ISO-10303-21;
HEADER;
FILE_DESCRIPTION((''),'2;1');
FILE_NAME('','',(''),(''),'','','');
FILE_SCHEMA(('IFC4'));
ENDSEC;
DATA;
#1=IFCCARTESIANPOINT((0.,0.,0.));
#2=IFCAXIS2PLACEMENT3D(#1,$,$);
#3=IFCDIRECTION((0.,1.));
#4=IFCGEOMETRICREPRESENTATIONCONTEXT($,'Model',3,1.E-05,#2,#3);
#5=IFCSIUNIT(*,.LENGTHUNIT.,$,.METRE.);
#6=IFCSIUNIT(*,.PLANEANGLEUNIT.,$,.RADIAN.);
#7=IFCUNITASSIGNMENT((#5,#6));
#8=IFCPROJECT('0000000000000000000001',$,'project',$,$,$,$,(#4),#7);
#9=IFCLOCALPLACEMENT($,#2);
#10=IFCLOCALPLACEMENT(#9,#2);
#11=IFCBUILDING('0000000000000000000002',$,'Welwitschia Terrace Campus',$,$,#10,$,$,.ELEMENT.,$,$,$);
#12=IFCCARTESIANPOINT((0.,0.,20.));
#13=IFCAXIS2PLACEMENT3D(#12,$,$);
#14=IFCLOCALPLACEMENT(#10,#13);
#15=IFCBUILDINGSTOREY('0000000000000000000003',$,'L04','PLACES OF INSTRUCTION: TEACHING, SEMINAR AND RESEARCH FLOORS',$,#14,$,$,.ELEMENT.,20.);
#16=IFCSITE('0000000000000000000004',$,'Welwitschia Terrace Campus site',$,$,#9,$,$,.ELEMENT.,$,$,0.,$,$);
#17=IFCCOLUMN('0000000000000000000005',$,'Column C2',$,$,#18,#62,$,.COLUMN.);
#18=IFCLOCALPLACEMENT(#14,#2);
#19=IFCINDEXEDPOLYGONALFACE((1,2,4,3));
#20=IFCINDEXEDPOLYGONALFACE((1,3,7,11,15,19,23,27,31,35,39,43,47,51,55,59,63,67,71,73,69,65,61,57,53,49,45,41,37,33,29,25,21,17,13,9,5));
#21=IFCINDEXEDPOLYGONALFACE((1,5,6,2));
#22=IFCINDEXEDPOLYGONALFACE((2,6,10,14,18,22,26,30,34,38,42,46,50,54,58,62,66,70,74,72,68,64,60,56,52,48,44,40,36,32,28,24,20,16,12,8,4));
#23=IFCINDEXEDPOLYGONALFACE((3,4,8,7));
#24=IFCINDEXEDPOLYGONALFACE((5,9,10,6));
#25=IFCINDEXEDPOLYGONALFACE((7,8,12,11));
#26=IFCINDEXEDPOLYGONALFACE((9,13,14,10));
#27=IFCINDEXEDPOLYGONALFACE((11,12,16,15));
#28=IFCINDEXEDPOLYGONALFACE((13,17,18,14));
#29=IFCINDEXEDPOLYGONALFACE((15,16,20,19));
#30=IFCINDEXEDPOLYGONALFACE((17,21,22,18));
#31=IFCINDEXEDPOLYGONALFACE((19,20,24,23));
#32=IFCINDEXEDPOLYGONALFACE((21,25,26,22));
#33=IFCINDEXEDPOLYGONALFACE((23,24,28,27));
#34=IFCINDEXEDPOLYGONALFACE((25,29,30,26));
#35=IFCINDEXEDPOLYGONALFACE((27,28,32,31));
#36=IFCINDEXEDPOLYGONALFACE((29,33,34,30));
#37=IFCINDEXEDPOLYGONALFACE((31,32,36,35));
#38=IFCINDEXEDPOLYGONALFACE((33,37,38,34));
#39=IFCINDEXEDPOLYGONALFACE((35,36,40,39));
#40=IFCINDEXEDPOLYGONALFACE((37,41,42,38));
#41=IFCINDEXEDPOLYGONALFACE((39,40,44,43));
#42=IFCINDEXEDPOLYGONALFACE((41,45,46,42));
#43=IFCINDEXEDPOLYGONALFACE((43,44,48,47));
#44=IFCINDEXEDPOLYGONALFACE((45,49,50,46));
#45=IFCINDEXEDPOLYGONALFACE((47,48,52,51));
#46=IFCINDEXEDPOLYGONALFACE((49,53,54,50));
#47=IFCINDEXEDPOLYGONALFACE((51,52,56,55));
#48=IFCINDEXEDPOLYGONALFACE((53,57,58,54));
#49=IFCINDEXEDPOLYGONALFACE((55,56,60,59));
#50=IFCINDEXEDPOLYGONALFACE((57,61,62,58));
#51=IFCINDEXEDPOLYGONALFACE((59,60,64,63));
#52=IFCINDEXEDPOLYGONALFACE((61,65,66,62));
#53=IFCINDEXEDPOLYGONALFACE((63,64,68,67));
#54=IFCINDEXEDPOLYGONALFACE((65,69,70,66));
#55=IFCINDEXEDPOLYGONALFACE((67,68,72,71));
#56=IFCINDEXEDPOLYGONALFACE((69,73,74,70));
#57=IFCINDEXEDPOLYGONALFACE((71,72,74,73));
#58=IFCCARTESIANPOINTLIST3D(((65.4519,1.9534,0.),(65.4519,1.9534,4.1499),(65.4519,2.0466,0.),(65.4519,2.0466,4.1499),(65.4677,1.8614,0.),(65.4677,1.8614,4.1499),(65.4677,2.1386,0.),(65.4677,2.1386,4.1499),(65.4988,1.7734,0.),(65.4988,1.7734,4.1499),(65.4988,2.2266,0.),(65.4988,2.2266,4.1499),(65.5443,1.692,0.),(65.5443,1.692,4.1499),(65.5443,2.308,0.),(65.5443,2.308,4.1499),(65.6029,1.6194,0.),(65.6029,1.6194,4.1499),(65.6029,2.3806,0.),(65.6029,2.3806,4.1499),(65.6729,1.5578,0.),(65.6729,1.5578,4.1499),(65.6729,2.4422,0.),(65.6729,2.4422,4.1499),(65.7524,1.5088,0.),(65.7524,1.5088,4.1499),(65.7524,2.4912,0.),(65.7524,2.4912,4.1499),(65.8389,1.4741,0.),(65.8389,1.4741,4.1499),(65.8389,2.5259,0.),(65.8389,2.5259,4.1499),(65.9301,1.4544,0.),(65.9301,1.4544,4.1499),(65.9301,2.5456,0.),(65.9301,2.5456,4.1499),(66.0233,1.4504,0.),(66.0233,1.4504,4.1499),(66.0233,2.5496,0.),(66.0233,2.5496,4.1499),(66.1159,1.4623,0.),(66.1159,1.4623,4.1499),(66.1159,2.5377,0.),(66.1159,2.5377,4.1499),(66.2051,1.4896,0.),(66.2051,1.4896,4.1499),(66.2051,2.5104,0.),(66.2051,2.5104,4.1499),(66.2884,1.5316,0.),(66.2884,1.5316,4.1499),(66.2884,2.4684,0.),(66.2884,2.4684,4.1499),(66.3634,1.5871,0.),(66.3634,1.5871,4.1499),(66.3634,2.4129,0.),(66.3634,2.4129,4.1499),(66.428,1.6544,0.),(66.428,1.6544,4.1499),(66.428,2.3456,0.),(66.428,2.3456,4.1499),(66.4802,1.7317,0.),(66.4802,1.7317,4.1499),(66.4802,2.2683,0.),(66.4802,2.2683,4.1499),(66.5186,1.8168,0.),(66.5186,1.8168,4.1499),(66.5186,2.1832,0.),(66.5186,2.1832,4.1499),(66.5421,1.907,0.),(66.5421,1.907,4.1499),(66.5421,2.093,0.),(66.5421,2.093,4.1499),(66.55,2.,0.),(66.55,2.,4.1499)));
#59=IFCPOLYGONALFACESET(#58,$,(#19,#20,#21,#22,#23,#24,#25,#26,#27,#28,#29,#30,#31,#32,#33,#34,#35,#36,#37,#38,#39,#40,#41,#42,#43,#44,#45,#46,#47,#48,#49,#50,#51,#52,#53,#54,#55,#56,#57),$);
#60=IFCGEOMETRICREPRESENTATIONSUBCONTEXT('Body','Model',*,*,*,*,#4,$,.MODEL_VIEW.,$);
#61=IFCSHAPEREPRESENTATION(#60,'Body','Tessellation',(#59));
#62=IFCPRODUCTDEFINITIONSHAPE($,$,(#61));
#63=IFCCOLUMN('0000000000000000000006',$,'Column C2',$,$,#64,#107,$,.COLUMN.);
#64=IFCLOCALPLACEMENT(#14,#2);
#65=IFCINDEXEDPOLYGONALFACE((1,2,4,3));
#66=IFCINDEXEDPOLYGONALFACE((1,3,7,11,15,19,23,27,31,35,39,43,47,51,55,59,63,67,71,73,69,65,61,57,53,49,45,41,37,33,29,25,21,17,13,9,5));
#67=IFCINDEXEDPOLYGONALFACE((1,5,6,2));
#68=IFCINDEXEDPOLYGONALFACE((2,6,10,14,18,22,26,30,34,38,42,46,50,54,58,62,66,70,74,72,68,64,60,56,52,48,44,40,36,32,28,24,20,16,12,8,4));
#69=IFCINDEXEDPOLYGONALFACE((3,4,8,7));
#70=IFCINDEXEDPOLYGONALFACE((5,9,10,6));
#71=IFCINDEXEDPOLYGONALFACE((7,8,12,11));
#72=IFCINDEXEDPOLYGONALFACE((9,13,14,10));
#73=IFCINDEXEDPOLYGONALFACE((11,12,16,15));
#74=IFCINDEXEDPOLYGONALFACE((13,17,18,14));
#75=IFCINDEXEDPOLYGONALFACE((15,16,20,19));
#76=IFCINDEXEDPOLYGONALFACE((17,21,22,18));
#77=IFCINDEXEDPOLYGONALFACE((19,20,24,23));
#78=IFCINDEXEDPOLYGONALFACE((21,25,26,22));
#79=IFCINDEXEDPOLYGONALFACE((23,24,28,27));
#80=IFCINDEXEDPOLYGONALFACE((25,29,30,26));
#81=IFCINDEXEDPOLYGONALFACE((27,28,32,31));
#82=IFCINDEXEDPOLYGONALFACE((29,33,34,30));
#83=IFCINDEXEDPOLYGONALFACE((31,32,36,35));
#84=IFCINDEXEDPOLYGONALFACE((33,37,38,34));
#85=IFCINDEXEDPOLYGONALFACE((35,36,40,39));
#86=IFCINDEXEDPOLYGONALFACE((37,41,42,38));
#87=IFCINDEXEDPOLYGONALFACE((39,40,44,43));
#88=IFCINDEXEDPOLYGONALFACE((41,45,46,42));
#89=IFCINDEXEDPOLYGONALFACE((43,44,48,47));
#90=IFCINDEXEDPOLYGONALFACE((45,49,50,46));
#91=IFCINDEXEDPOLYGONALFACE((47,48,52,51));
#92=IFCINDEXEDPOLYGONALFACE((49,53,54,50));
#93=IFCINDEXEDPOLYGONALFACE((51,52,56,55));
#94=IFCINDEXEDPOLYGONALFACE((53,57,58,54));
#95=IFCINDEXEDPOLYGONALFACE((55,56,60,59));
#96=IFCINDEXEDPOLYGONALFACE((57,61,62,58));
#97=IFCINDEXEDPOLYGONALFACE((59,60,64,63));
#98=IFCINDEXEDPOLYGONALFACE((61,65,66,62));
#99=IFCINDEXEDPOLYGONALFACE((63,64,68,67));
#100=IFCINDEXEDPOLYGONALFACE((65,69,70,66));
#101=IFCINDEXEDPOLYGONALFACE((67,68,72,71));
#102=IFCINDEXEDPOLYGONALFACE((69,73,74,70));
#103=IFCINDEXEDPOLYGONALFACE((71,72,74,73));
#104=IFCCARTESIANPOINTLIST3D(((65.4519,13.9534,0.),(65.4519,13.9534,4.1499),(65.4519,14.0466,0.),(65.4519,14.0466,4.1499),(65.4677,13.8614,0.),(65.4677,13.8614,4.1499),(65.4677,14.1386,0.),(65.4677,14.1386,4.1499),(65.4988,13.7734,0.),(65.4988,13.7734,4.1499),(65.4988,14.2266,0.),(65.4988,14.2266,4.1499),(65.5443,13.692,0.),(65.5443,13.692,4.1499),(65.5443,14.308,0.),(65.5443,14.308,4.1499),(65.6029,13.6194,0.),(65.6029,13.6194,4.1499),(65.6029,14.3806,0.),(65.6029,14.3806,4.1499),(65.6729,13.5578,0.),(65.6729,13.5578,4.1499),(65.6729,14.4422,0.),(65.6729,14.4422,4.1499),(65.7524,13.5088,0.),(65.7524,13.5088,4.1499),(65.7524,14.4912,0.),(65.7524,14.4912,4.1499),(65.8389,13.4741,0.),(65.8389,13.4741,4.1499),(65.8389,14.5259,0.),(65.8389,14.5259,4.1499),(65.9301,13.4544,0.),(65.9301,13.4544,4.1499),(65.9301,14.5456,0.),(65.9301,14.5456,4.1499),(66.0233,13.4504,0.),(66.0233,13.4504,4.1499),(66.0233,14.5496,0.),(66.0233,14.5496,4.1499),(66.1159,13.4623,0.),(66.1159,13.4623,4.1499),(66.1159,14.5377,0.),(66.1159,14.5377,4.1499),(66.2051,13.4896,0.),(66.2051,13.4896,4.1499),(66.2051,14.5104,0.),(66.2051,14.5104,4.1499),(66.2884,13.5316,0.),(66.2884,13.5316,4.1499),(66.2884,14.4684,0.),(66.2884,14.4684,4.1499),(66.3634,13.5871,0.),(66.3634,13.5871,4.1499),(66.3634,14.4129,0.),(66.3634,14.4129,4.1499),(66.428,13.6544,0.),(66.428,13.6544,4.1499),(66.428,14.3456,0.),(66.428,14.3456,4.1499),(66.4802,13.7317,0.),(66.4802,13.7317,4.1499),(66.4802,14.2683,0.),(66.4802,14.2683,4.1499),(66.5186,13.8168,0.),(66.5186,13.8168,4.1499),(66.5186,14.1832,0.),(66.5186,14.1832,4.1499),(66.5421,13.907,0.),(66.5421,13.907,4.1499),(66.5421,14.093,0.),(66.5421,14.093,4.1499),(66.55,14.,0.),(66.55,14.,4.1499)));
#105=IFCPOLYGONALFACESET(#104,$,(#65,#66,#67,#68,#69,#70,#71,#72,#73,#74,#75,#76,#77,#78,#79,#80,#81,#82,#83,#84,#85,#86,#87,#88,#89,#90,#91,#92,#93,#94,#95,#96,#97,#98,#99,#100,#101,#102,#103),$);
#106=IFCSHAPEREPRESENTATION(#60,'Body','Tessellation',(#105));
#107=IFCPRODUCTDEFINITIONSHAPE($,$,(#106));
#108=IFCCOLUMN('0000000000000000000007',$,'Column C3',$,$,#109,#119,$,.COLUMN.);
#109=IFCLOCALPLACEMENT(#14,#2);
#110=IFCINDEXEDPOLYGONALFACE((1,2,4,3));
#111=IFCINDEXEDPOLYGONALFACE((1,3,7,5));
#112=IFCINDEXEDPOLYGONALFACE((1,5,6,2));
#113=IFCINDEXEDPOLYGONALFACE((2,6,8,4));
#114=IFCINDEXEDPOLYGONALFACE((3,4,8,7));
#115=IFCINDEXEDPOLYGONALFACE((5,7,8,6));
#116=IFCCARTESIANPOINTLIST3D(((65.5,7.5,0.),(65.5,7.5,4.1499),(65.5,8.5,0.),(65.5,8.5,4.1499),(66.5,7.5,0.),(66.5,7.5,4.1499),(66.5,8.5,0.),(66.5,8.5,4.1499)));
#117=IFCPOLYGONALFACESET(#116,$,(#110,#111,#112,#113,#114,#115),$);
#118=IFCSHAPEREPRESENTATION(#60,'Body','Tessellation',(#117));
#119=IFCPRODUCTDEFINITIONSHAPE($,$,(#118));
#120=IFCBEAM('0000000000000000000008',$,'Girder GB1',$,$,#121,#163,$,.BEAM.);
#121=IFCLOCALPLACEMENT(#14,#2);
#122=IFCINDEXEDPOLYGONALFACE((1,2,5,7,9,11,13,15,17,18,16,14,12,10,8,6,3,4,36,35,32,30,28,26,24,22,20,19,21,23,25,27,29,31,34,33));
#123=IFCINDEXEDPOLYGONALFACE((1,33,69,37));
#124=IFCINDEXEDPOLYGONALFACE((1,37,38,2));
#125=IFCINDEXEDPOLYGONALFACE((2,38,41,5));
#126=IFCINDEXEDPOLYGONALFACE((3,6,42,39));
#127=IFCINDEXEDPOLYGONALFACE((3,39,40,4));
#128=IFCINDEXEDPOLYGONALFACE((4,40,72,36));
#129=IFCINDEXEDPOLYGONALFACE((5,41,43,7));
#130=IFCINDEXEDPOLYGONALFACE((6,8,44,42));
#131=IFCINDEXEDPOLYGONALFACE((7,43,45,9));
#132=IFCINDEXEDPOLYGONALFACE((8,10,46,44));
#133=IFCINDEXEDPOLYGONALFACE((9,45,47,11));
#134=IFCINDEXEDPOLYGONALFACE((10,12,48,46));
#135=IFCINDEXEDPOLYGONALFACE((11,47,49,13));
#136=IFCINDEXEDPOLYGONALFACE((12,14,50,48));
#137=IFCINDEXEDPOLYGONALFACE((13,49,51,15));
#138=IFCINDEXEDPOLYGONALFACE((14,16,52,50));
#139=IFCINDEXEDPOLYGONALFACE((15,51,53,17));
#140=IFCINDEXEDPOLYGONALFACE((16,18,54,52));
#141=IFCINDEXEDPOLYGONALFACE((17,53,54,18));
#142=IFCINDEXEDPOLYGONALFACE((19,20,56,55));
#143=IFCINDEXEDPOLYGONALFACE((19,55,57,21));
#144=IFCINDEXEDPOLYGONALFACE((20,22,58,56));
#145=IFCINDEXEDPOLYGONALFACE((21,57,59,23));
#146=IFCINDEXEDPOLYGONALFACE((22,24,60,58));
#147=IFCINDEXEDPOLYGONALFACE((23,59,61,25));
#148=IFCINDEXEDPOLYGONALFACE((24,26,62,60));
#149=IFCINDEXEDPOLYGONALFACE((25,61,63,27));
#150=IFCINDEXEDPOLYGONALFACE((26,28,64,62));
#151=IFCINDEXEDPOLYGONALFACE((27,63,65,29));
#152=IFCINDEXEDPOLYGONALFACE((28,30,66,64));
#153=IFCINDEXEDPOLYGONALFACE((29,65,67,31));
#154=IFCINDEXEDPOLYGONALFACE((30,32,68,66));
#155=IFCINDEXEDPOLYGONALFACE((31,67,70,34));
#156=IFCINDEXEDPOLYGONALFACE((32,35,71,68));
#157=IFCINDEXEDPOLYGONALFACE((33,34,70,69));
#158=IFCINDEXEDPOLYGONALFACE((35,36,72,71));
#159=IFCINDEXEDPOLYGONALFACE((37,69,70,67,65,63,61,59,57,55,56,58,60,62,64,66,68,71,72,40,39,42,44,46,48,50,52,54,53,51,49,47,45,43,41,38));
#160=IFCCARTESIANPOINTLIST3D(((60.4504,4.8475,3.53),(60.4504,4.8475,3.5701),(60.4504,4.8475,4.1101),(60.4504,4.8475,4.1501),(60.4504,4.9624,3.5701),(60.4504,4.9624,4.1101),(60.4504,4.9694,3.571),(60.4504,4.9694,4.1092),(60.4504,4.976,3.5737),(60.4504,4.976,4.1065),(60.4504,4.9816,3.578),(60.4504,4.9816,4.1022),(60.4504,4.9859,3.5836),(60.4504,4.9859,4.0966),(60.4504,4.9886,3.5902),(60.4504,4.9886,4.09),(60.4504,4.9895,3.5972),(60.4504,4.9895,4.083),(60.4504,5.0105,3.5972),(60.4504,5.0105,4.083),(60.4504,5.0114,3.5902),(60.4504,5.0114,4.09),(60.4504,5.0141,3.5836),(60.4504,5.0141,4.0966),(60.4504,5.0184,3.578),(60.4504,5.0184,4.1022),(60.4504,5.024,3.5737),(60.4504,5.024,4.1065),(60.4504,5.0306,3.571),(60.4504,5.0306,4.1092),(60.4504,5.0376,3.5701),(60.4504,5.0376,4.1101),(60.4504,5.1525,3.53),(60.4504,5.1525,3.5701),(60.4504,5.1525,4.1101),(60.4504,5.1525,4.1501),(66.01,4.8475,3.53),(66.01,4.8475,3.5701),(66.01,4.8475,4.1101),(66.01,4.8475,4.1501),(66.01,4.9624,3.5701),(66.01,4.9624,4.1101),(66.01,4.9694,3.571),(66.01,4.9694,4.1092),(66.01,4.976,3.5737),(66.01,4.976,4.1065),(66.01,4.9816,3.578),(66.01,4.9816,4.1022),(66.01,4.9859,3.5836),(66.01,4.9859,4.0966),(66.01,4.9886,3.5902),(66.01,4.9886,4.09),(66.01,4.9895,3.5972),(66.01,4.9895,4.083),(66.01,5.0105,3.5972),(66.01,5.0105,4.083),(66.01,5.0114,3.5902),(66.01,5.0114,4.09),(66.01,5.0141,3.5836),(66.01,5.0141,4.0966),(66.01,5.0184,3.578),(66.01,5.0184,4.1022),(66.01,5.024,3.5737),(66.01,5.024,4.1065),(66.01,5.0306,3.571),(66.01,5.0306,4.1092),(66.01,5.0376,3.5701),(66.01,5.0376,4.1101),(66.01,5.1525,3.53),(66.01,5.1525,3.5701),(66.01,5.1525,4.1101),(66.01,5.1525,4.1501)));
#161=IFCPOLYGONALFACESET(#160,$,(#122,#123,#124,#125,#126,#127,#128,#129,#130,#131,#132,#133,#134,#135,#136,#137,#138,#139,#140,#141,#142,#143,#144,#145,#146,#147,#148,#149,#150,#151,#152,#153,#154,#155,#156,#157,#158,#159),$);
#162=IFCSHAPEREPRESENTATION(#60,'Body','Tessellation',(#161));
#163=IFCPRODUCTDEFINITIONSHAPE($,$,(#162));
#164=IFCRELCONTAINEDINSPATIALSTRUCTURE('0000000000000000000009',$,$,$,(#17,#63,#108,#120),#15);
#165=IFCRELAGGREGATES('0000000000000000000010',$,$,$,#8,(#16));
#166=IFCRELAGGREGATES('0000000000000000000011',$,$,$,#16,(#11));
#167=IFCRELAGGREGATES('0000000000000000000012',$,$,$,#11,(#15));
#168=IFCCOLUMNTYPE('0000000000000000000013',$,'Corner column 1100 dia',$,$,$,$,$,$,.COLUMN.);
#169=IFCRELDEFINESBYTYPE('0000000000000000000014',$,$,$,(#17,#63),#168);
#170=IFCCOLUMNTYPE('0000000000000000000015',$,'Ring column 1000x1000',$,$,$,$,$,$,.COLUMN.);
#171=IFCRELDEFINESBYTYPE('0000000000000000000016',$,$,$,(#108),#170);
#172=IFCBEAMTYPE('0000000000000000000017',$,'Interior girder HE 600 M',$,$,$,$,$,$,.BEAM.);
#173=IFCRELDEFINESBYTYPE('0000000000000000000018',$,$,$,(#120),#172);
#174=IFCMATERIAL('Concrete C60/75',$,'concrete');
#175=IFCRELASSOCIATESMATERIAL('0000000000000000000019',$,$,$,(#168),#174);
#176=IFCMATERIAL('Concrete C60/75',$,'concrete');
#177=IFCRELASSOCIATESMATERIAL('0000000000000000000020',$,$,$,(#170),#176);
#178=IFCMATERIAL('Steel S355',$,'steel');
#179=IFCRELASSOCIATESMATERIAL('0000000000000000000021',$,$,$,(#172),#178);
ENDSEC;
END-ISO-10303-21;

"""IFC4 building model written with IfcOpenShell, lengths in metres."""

from ifc_helpers import new_model, si_unit, direction, frame, origin, origin_2d, place, context, subcontext, project, spatial, rectangle, circle, i_section, extrude, material, material_profile, profile_set, type_object, element, save


model = new_model("IFC4")

# Units and contexts
model_context = context("Model", 3, precision=1e-05, world=origin(), true_north=direction((0.0, 1.0)))
body_context = subcontext(model_context, "Body", "Model", "MODEL_VIEW")
ifc_project = project(units=[si_unit("LENGTHUNIT", "METRE"), si_unit("PLANEANGLEUNIT", "RADIAN")], contexts=[model_context])

# Site, building, storey
site_placement = place(None, origin())
site = spatial("IfcSite", under=ifc_project, at=site_placement, Name="Welwitschia Terrace Campus site", CompositionType="ELEMENT", RefElevation=0.0)
building_placement = place(site_placement, origin())
building = spatial("IfcBuilding", under=site, at=building_placement, Name="Welwitschia Terrace Campus", CompositionType="ELEMENT")
storey_placement = place(building_placement, frame((0.0, 0.0, 20.0)))
storey = spatial("IfcBuildingStorey", under=building, at=storey_placement, Name="L04", Description="PLACES OF INSTRUCTION: TEACHING, SEMINAR AND RESEARCH FLOORS", CompositionType="ELEMENT", Elevation=20.0)

# Columns
ifc_material_1 = material(Name="Concrete C60/75", Category="concrete")
ifc_material_profile_1 = material_profile(ifc_material_1, circle(Radius=0.55, at=origin_2d()))
ifc_profile_set_1 = profile_set([ifc_material_profile_1], Name="Concrete C60/75")
column_type_1 = type_object("IfcColumnType", Name="Corner column 1100 dia", PredefinedType="COLUMN", material=ifc_profile_set_1)
for number, where, z_axis, x_axis, name in (
    (1, (66.0, 2.0, 0.0), (0.0, 0.0, 1.0), (1.0, 0.0, 0.0), "Column C2"),
    (2, (66.0, 14.0, 0.0), (0.0, 0.0, 1.0), (1.0, 0.0, 0.0), "Column C2"),
):
    element("IfcColumn", number, at=place(storey_placement, frame(where, z_axis=z_axis, x_axis=x_axis)), inside=storey, type_object=column_type_1, Name=name, PredefinedType="COLUMN", context=body_context, shape_type="SweptSolid", body=[
        extrude(circle(Radius=0.55, at=origin_2d()), origin(), (0.0, 0.0, 1.0), 4.1499),
    ])
ifc_material_2 = material(Name="Concrete C60/75", Category="concrete")
ifc_material_profile_2 = material_profile(ifc_material_2, rectangle(XDim=1.0, YDim=1.0, at=origin_2d()))
ifc_profile_set_2 = profile_set([ifc_material_profile_2], Name="Concrete C60/75")
column_type_2 = type_object("IfcColumnType", Name="Ring column 1000x1000", PredefinedType="COLUMN", material=ifc_profile_set_2)
column_placement = place(storey_placement, frame((66.0, 8.0, 0.0), z_axis=(0.0, 0.0, 1.0), x_axis=(1.0, 0.0, 0.0)))
element("IfcColumn", 3, at=column_placement, inside=storey, type_object=column_type_2, Name="Column C3", PredefinedType="COLUMN", context=body_context, shape_type="SweptSolid", body=[
    extrude(rectangle(XDim=1.0, YDim=1.0, at=origin_2d()), origin(), (0.0, 0.0, 1.0), 4.1499),
])

# Beam
ifc_material_3 = material(Name="Steel S355", Category="steel")
ifc_material_profile_3 = material_profile(ifc_material_3, i_section(OverallWidth=0.3049, OverallDepth=0.6201, WebThickness=0.021, FlangeThickness=0.04, FilletRadius=0.0271, at=origin_2d()))
ifc_profile_set_3 = profile_set([ifc_material_profile_3], Name="Steel S355")
beam_type_1 = type_object("IfcBeamType", Name="Interior girder HE 600 M", PredefinedType="BEAM", material=ifc_profile_set_3)
for number, where, z_axis, x_axis, name in (
    (4, (60.4504, 5.0, 3.8401), (1.0, 0.0, 0.0), (0.0, 1.0, 0.0), "Girder GB1"),
):
    element("IfcBeam", number, at=place(storey_placement, frame(where, z_axis=z_axis, x_axis=x_axis)), inside=storey, type_object=beam_type_1, Name=name, PredefinedType="BEAM", context=body_context, shape_type="SweptSolid", body=[
        extrude(i_section(OverallWidth=0.3049, OverallDepth=0.6201, WebThickness=0.021, FlangeThickness=0.04, FilletRadius=0.0271, at=origin_2d()), origin(), (0.0, 0.0, 1.0), 5.5596),
    ])

save(model, "model.ifc")
